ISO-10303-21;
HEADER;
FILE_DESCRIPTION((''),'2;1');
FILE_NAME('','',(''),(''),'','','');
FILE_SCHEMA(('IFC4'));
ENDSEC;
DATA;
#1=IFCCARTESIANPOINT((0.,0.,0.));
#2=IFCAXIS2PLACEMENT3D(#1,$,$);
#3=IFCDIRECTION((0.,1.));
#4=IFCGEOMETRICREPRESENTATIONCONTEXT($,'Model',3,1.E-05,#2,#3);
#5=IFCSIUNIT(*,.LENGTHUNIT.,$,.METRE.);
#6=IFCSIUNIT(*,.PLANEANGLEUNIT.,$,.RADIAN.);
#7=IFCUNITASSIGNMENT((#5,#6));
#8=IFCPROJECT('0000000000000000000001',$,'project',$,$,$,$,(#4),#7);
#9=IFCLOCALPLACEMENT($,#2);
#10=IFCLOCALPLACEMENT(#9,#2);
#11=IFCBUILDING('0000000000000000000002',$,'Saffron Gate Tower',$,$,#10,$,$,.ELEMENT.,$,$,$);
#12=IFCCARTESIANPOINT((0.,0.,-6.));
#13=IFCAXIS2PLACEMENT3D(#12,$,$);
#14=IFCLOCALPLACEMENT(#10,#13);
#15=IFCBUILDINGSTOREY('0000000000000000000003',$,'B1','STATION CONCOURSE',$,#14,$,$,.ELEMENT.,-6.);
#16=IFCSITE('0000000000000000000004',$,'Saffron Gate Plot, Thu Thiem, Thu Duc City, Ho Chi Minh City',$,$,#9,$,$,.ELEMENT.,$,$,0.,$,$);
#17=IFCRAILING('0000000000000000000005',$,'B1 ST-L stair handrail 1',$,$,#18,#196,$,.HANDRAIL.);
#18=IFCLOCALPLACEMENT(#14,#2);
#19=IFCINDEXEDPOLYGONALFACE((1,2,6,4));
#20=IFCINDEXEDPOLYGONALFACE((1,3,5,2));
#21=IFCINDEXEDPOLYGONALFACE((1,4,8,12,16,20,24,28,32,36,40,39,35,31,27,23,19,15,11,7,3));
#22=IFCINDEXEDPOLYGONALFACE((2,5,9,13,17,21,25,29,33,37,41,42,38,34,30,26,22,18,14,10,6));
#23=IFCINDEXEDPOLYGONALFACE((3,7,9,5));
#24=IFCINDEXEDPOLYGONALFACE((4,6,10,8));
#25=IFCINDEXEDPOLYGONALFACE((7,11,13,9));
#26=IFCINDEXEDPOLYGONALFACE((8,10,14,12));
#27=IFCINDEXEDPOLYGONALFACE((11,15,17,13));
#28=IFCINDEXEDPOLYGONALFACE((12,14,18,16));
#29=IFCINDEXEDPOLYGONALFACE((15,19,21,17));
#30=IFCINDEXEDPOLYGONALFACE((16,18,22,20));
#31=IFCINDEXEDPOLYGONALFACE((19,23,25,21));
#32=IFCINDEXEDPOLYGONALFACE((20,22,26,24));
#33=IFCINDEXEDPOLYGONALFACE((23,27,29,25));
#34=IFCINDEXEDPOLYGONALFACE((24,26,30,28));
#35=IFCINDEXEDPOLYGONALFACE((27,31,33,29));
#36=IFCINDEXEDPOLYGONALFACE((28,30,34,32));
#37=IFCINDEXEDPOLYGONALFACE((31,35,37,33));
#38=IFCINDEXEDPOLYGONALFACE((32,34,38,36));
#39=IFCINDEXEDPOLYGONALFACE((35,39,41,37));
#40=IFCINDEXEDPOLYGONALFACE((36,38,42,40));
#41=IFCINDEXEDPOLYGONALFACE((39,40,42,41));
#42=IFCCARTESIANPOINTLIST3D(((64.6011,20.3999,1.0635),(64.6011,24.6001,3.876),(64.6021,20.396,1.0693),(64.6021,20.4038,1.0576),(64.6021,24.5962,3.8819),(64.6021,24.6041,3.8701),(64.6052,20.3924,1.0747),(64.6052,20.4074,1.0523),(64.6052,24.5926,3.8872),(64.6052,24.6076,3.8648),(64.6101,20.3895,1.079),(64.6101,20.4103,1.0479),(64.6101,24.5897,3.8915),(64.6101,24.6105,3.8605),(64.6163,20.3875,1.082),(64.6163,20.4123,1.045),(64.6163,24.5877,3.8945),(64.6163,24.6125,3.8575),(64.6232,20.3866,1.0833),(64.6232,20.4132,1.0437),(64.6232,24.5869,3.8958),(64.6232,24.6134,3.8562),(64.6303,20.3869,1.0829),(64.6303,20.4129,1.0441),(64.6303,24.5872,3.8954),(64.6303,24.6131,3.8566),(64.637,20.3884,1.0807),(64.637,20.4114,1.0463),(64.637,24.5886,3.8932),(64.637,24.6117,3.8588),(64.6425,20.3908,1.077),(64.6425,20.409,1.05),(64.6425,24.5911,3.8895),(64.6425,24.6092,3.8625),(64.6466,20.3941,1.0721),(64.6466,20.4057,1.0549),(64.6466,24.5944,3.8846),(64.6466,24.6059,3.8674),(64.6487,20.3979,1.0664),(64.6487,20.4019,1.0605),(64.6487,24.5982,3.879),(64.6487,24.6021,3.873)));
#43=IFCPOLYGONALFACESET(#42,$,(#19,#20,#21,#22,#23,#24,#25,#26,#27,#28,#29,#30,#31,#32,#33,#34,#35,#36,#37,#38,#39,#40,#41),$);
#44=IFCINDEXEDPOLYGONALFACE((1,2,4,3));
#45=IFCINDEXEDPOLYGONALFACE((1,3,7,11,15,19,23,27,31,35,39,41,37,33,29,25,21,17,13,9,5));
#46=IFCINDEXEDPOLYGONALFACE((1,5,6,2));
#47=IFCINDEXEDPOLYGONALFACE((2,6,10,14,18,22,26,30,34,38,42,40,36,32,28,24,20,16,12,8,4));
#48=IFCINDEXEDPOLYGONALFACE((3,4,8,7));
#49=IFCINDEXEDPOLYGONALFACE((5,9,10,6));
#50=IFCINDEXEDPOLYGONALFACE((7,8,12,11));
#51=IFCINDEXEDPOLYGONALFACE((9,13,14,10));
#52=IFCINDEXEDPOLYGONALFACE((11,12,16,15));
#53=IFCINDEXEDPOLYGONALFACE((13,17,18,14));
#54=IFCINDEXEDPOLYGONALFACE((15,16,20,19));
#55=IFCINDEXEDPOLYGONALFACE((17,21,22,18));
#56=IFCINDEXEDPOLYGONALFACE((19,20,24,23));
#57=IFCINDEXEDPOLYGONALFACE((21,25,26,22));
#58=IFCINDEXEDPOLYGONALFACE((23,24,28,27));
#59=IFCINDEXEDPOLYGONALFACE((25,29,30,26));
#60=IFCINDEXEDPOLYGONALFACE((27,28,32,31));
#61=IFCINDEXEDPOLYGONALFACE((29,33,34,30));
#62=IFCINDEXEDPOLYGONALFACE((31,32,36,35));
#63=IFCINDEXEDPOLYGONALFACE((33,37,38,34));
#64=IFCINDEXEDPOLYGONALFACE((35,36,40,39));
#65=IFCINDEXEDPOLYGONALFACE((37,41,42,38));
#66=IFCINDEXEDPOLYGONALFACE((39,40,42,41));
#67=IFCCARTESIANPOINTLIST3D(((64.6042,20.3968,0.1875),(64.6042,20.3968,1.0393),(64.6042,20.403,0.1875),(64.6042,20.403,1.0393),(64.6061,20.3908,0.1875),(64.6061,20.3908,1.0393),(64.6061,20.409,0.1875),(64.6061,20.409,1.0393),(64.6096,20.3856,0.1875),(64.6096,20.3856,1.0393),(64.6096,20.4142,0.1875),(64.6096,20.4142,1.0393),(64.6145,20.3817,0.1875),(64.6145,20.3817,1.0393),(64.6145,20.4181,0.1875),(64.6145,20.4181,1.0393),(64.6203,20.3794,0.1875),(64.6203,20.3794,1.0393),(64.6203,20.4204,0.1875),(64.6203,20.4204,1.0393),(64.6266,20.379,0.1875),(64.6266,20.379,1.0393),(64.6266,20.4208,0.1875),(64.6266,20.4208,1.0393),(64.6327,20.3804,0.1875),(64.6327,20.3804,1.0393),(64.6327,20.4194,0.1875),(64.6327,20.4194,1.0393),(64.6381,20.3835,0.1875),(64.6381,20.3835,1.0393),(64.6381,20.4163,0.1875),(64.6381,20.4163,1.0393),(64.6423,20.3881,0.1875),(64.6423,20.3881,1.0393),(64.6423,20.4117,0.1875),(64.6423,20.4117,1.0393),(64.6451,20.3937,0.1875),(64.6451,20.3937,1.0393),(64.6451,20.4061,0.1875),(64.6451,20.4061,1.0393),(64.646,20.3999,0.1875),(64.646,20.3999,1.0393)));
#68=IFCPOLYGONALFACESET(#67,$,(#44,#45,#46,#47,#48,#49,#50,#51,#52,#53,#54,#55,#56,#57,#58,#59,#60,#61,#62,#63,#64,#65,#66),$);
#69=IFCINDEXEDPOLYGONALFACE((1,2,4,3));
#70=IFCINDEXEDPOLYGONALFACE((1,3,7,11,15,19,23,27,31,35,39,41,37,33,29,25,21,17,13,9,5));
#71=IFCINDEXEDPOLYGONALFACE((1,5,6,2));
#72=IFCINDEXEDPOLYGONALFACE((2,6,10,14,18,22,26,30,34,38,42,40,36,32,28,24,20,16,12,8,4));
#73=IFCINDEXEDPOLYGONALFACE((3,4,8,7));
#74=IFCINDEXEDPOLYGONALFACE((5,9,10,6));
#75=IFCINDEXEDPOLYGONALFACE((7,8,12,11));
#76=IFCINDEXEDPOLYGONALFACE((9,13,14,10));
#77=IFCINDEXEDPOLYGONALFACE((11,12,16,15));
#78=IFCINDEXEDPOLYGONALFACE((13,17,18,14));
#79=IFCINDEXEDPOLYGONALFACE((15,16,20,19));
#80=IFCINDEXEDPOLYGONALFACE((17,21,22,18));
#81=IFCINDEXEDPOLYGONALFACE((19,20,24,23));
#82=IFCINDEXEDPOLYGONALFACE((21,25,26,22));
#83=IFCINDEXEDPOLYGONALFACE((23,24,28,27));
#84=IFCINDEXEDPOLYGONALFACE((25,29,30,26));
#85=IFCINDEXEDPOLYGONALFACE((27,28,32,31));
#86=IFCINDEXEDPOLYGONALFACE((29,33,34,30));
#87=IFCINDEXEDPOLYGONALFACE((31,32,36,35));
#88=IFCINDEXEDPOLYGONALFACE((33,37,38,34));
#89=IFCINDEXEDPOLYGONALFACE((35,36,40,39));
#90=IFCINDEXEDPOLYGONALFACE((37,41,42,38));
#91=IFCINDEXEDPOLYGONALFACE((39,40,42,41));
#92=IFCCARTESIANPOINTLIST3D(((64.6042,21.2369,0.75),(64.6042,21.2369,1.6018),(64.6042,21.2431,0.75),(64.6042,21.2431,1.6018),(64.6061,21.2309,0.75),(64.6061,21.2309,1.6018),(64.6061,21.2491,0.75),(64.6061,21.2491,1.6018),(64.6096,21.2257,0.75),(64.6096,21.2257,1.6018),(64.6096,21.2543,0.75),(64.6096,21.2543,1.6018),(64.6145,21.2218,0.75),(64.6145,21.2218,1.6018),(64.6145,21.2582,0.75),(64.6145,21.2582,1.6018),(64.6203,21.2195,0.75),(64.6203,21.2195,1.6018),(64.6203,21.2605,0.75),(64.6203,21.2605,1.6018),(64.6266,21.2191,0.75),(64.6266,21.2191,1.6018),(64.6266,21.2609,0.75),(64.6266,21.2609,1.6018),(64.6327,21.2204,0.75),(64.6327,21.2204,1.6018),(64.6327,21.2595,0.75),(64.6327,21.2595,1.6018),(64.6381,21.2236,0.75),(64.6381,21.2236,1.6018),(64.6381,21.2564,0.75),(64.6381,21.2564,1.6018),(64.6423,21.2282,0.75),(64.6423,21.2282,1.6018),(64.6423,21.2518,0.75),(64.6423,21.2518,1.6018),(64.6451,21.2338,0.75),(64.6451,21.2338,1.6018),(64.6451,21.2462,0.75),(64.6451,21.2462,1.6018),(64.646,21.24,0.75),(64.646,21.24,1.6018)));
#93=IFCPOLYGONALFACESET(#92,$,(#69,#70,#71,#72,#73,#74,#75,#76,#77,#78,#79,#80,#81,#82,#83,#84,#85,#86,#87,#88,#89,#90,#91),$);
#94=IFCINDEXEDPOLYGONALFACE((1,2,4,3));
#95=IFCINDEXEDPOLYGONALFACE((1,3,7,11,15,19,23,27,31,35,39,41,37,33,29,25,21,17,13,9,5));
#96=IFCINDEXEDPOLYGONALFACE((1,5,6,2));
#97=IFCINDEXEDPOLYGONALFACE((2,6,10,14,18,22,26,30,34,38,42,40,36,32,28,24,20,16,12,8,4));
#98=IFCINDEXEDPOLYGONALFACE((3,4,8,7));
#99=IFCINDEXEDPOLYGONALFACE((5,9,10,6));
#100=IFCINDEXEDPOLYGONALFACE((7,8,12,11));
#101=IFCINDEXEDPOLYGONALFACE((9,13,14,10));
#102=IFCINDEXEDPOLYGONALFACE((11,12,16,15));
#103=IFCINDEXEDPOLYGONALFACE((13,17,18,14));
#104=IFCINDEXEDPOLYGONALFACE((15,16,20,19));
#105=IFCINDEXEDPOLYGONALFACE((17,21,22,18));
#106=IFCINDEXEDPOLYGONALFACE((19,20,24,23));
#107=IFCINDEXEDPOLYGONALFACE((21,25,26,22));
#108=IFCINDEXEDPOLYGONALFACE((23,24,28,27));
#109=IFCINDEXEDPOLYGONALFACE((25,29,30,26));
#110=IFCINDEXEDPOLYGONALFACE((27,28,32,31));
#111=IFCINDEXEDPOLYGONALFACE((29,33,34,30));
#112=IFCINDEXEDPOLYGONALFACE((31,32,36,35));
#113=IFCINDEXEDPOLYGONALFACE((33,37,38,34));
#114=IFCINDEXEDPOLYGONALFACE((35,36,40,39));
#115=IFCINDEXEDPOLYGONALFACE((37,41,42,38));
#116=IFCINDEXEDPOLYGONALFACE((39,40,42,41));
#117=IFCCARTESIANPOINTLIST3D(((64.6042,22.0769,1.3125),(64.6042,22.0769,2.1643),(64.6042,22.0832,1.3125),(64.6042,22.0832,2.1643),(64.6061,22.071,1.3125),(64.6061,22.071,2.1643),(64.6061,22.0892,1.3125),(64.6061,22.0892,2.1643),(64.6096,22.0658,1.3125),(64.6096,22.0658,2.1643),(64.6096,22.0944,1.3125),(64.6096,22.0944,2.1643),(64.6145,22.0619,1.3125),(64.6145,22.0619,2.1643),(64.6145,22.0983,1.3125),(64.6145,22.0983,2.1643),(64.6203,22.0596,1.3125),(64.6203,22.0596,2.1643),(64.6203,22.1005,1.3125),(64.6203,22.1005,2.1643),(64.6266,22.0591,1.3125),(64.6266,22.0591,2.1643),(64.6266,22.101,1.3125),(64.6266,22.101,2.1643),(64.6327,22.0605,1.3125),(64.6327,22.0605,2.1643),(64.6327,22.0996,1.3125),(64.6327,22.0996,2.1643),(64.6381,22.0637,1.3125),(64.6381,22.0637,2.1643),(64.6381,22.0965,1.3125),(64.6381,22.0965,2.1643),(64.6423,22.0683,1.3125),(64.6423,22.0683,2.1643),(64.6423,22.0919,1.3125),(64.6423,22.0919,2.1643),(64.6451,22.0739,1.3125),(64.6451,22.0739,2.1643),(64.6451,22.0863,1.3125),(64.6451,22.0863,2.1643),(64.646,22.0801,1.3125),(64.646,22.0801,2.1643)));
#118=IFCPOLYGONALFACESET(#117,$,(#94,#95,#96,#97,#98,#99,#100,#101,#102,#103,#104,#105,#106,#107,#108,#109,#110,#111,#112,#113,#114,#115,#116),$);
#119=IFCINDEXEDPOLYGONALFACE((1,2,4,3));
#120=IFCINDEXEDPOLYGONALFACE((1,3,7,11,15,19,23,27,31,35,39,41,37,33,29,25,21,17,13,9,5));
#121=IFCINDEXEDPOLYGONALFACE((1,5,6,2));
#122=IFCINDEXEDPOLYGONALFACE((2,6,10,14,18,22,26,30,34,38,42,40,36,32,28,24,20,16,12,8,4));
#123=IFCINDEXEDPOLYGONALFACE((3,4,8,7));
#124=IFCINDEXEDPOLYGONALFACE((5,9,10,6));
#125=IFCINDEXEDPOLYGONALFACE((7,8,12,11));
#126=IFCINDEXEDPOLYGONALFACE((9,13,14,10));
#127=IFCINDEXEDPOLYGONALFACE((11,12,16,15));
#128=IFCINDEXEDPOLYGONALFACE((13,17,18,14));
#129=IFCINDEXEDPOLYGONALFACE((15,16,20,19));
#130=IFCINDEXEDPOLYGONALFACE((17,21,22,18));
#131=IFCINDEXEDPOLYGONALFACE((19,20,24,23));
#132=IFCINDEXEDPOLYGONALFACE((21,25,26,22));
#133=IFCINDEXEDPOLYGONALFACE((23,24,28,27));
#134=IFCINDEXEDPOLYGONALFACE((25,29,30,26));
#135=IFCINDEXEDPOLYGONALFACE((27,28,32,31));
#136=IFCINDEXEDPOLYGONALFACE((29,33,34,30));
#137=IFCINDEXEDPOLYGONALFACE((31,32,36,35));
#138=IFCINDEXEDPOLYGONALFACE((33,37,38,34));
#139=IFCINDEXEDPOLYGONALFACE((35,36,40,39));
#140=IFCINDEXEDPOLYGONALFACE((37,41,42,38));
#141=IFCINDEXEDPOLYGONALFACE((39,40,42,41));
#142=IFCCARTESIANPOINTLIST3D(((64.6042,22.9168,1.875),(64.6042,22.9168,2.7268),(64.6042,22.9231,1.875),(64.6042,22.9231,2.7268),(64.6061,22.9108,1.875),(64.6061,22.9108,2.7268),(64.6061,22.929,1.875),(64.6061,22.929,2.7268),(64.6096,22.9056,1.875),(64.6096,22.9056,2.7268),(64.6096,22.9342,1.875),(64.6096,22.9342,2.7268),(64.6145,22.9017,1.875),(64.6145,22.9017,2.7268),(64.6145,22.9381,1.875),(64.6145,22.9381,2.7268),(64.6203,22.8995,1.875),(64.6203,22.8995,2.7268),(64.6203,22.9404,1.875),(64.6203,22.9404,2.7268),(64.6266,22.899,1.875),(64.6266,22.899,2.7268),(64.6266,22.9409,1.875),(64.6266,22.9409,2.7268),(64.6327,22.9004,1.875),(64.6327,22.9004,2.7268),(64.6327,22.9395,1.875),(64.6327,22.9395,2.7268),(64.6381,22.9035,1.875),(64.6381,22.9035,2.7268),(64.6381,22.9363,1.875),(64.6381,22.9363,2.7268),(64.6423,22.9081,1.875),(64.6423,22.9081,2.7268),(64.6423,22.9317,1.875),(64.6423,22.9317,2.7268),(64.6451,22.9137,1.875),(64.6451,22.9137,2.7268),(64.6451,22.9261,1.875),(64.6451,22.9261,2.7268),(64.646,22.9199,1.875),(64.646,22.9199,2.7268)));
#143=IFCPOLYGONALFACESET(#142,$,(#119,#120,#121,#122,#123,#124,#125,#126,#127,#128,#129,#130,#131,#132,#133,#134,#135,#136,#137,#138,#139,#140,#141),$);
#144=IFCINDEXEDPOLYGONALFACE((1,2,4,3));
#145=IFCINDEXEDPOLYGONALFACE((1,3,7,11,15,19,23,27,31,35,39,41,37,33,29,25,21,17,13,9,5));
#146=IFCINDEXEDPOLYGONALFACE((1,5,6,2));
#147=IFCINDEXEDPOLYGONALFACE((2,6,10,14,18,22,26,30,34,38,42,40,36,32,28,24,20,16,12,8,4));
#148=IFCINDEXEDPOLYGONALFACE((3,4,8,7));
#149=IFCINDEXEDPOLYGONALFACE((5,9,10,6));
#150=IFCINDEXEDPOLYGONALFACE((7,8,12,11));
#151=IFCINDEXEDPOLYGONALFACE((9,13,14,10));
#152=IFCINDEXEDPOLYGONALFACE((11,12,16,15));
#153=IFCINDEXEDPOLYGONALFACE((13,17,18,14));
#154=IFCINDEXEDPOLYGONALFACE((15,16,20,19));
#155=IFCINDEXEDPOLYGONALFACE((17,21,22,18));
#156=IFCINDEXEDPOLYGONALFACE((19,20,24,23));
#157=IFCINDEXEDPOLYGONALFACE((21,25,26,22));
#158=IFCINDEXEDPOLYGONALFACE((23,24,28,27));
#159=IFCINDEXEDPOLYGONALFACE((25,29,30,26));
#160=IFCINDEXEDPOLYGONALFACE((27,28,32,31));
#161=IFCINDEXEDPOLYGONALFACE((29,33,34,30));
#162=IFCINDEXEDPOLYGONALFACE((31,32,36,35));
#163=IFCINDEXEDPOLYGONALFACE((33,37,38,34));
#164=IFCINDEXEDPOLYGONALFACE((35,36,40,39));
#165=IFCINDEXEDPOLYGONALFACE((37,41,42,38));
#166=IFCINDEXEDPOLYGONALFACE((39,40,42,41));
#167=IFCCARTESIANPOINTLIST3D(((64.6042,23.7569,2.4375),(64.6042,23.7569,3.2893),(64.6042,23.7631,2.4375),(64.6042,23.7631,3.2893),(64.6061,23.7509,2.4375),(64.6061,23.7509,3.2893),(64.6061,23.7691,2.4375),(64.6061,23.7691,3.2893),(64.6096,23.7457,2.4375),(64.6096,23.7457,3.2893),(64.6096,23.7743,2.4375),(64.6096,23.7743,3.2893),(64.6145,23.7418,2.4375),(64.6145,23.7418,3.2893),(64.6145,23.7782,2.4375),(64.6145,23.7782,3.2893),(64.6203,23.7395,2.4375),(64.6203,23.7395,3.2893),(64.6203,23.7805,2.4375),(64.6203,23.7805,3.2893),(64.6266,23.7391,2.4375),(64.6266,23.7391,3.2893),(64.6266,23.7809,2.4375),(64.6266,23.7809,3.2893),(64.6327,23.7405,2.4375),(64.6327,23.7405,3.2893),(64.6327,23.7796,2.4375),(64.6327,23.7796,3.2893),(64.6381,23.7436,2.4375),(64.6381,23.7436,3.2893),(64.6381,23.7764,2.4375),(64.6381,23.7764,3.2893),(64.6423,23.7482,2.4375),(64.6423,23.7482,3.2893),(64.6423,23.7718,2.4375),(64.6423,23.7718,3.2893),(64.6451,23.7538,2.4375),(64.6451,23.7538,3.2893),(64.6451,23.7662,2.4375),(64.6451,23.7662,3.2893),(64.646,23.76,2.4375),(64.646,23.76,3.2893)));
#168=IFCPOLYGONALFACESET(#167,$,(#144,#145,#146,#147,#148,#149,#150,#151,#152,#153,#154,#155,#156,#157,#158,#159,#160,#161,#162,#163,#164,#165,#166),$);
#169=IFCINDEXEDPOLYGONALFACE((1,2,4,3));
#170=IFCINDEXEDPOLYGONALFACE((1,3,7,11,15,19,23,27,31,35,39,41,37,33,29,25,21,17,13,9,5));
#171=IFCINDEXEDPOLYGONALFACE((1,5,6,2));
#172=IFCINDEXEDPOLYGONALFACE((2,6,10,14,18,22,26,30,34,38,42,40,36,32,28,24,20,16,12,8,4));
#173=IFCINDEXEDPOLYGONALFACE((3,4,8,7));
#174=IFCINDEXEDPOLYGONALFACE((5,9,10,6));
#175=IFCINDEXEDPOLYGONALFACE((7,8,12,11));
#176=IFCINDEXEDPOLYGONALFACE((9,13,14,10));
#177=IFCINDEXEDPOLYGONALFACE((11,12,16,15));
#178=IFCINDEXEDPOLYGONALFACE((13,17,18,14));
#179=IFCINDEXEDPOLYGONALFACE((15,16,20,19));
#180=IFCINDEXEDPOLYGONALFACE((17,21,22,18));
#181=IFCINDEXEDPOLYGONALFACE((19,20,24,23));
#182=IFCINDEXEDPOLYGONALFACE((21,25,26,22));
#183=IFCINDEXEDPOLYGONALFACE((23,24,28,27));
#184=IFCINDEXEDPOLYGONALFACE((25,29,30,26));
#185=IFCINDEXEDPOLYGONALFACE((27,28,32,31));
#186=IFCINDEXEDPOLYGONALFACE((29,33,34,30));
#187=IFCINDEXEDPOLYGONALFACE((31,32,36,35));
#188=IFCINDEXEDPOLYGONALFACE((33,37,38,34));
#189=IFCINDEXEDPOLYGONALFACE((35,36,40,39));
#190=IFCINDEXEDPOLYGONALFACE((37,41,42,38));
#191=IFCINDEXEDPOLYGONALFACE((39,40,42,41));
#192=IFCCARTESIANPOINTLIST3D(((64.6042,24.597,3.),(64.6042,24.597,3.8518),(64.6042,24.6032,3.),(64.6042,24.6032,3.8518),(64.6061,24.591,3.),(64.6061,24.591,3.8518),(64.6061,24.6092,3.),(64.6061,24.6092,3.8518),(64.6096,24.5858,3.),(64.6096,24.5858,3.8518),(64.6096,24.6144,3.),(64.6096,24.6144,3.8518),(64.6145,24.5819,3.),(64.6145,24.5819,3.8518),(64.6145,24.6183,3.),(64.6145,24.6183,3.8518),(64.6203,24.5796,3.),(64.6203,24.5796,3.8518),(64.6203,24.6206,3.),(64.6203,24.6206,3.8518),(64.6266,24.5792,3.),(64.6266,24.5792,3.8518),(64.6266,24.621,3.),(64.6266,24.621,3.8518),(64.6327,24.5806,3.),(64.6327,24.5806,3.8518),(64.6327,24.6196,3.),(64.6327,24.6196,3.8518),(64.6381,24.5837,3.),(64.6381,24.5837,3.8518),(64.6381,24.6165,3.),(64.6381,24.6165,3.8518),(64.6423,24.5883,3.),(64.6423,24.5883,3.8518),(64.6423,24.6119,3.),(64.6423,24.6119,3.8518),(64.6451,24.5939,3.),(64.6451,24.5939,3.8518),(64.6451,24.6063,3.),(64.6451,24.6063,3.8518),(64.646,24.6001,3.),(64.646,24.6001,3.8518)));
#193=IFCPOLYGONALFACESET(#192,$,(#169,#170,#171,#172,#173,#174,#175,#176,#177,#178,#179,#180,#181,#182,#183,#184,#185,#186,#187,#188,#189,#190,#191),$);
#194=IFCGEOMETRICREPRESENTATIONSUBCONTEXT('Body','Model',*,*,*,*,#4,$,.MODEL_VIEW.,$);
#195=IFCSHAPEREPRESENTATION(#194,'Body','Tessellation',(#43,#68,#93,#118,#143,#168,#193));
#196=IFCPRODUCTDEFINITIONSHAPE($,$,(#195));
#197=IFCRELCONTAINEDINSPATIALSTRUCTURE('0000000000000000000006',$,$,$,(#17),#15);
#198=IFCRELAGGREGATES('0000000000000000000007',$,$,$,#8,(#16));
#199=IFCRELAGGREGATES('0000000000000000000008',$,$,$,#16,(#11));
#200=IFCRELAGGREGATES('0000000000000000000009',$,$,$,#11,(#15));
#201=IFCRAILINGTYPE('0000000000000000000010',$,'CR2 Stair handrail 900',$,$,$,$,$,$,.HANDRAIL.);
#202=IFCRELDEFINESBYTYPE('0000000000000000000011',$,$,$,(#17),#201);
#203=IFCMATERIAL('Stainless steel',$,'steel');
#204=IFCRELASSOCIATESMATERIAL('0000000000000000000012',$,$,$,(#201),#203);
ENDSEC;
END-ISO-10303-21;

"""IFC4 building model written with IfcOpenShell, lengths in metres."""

from ifc_helpers import new_model, si_unit, direction, frame, origin, origin_2d, place, context, subcontext, project, spatial, circle, extrude, material, type_object, element, save


model = new_model("IFC4")

# Units and contexts
model_context = context("Model", 3, precision=1e-05, world=origin(), true_north=direction((0.0, 1.0)))
body_context = subcontext(model_context, "Body", "Model", "MODEL_VIEW")
ifc_project = project(units=[si_unit("LENGTHUNIT", "METRE"), si_unit("PLANEANGLEUNIT", "RADIAN")], contexts=[model_context])

# Site, building, storey
site_placement = place(None, origin())
site = spatial("IfcSite", under=ifc_project, at=site_placement, Name="Saffron Gate Plot, Thu Thiem, Thu Duc City, Ho Chi Minh City", CompositionType="ELEMENT", RefElevation=0.0)
building_placement = place(site_placement, origin())
building = spatial("IfcBuilding", under=site, at=building_placement, Name="Saffron Gate Tower", CompositionType="ELEMENT")
storey_placement = place(building_placement, frame((0.0, 0.0, -6.0)))
storey = spatial("IfcBuildingStorey", under=building, at=storey_placement, Name="B1", Description="STATION CONCOURSE", CompositionType="ELEMENT", Elevation=-6.0)

# Railing
ifc_material_1 = material(Name="Stainless steel", Category="steel")
railing_type_1 = type_object("IfcRailingType", Name="CR2 Stair handrail 900", PredefinedType="HANDRAIL", material=ifc_material_1)
railing_1_placement = place(storey_placement, frame((64.625, 20.3999, 0.1875)))
element("IfcRailing", 1, at=railing_1_placement, inside=storey, type_object=railing_type_1, Name="B1 ST-L stair handrail 1", PredefinedType="HANDRAIL", context=body_context, shape_type="SweptSolid", body=[
    extrude(circle(Radius=0.0239, at=origin_2d()), frame((0.0, 0.0, 0.876), z_axis=(0.0, 0.830919, 0.556393), x_axis=(-1.0, 0.0, 0.0)), (0.0, 0.0, 1.0), 5.0549),
    extrude(circle(Radius=0.021, at=origin_2d()), origin(), (0.0, 0.0, 1.0), 0.8518),
    extrude(circle(Radius=0.021, at=origin_2d()), frame((0.0, 0.8401, 0.5625)), (0.0, 0.0, 1.0), 0.8518),
    extrude(circle(Radius=0.021, at=origin_2d()), frame((0.0, 1.6802, 1.125)), (0.0, 0.0, 1.0), 0.8518),
    extrude(circle(Radius=0.021, at=origin_2d()), frame((0.0, 2.52, 1.6875)), (0.0, 0.0, 1.0), 0.8518),
    extrude(circle(Radius=0.021, at=origin_2d()), frame((0.0, 3.3601, 2.25)), (0.0, 0.0, 1.0), 0.8518),
    extrude(circle(Radius=0.021, at=origin_2d()), frame((0.0, 4.2002, 2.8125)), (0.0, 0.0, 1.0), 0.8518),
])

save(model, "model.ifc")
